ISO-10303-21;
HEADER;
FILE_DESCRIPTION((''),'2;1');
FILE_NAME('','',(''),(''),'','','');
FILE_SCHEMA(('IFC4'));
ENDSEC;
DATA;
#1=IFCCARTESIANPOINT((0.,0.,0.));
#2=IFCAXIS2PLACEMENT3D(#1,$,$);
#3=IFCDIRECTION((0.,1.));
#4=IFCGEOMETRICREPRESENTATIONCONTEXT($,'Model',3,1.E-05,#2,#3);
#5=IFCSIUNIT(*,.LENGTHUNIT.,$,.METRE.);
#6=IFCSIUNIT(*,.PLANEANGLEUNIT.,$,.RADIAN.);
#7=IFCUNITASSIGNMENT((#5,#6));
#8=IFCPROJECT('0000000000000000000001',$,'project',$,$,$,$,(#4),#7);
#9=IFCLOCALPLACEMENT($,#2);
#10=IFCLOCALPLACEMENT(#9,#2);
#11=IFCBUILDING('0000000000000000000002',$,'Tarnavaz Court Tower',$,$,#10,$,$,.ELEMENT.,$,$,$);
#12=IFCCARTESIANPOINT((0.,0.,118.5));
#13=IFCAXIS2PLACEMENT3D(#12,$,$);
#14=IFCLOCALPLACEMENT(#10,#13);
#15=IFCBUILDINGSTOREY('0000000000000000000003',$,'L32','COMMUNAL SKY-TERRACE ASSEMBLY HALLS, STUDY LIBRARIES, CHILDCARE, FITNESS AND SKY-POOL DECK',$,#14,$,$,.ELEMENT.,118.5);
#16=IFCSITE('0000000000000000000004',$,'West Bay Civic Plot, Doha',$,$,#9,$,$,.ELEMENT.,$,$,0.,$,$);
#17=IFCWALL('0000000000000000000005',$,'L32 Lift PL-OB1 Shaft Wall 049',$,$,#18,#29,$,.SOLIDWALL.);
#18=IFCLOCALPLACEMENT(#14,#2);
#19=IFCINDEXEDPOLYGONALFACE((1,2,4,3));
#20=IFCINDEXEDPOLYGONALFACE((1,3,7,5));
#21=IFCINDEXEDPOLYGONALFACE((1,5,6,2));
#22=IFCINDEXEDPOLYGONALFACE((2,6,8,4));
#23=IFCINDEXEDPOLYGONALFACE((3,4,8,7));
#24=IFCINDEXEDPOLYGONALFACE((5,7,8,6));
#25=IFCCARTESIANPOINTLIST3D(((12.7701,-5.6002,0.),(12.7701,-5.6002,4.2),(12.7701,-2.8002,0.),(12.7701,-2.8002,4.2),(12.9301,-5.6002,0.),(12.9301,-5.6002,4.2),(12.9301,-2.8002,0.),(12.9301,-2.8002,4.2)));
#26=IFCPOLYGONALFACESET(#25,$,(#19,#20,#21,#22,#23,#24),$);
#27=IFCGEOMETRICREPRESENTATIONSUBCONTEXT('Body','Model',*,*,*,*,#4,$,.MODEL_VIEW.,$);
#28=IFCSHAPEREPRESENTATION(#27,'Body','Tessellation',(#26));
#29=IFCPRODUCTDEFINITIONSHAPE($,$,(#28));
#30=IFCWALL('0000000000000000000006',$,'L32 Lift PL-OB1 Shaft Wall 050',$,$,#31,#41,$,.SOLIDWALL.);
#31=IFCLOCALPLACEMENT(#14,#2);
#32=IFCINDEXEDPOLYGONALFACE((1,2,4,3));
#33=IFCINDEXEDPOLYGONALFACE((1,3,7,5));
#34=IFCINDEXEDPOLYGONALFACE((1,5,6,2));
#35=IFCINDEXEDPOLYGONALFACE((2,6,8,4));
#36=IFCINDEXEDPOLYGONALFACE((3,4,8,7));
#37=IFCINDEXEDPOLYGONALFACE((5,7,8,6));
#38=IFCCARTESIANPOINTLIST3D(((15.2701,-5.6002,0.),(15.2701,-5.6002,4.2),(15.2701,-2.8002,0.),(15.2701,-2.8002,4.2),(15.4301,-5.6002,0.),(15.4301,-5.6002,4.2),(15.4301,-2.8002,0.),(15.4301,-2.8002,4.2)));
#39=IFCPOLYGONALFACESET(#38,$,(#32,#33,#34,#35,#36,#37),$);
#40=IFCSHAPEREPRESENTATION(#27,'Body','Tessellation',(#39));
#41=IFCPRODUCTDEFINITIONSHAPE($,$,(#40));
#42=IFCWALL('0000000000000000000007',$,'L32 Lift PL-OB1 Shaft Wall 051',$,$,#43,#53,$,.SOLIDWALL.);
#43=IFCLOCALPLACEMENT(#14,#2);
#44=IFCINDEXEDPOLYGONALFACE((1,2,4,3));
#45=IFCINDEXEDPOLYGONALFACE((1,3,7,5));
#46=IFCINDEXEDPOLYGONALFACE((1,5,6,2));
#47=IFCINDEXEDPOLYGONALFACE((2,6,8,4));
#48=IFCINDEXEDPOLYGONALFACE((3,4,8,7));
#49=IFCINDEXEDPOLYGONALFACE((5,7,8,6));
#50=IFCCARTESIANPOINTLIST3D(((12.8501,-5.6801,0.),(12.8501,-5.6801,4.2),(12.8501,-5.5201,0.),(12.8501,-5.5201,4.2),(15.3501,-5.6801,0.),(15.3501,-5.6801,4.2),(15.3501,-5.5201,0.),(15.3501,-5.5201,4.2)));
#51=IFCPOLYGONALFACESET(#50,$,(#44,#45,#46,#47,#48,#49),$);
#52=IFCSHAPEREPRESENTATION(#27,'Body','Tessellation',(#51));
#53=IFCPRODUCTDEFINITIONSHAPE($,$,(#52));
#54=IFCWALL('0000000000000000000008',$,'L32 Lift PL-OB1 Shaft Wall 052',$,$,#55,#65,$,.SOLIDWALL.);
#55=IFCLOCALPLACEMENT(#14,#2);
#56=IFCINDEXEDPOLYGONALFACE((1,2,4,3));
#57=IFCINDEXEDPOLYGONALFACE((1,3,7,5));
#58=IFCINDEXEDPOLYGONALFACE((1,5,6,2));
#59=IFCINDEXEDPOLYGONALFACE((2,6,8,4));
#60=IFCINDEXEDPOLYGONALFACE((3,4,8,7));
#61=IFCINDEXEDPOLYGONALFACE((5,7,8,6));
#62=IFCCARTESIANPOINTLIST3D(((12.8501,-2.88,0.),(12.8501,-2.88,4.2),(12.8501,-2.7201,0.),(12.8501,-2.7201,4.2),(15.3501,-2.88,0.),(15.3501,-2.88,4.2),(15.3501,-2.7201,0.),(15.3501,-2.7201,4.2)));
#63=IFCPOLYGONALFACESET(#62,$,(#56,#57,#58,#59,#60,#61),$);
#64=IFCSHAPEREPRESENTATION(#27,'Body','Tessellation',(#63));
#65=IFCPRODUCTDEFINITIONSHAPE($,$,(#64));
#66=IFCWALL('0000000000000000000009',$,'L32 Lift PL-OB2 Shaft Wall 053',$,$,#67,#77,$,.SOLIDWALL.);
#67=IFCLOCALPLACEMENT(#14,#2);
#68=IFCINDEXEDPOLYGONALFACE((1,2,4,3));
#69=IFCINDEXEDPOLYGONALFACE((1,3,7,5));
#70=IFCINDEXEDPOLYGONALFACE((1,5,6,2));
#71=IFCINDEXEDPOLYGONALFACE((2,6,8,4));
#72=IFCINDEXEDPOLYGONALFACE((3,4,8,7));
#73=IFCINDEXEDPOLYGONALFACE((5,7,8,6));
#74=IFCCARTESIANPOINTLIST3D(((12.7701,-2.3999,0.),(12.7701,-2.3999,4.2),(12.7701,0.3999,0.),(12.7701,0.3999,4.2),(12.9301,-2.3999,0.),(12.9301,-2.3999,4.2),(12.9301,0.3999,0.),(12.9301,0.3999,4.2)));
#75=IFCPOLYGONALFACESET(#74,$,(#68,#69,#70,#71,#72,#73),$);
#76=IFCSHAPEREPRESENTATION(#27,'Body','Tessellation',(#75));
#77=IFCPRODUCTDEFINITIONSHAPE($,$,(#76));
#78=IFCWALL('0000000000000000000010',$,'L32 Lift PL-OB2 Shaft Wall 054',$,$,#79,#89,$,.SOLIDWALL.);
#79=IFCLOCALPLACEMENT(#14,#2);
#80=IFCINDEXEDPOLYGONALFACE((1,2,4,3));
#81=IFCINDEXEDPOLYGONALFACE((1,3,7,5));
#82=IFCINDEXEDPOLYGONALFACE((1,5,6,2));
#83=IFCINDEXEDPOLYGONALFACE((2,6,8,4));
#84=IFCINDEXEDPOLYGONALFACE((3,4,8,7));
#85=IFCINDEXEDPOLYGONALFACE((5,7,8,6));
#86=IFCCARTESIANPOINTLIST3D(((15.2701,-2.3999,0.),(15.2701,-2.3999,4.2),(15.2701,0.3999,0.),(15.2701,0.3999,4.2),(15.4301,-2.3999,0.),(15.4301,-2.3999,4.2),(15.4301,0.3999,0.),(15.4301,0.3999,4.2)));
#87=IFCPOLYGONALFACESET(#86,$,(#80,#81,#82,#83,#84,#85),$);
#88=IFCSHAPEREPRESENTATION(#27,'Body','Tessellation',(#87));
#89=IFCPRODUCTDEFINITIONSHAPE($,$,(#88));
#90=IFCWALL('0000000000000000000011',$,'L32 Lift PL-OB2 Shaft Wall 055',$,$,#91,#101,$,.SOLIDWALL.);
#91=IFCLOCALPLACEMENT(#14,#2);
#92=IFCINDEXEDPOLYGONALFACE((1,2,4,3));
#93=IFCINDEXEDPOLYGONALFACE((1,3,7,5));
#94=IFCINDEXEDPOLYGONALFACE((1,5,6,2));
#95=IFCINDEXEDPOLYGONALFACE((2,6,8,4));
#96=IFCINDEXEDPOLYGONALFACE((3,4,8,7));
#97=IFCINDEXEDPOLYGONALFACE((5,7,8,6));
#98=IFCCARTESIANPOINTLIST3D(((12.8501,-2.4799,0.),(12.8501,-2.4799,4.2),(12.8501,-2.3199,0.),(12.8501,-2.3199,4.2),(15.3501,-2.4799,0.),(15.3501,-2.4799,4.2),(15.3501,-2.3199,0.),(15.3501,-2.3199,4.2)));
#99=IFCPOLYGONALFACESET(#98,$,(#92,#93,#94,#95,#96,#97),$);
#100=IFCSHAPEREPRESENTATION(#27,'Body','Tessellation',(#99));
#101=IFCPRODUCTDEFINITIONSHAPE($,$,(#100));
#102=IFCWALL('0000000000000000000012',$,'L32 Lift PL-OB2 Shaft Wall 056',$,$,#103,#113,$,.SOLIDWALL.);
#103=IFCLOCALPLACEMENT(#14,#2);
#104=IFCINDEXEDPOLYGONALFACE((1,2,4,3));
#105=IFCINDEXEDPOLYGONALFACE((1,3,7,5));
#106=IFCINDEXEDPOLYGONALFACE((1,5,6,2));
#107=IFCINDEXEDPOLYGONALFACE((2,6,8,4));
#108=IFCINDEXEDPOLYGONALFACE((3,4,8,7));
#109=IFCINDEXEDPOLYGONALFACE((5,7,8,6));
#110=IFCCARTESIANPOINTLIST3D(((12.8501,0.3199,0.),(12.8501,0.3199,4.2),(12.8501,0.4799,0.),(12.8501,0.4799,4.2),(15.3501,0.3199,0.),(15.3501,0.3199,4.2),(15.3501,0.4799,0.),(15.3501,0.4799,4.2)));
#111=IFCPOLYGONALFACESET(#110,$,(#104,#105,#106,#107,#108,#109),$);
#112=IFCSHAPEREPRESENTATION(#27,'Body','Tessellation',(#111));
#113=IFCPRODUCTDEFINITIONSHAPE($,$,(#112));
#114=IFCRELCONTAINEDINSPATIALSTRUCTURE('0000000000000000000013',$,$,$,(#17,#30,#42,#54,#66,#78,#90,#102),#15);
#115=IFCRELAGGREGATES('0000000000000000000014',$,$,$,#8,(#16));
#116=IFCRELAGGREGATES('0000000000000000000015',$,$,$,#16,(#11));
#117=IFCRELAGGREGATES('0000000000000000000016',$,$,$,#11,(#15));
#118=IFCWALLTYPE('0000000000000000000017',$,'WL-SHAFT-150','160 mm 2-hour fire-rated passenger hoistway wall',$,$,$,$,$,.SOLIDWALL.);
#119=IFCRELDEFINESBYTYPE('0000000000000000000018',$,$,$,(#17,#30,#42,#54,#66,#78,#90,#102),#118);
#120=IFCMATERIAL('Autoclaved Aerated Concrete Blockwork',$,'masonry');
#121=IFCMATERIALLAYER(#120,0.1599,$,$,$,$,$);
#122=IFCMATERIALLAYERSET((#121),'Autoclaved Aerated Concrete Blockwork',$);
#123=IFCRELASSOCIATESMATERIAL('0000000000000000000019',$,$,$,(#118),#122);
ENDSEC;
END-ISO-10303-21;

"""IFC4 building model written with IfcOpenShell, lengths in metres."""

from ifc_helpers import new_model, si_unit, direction, frame, frame_2d, origin, place, context, subcontext, project, spatial, rectangle, extrude, material, layer, layer_set, type_object, element, save


model = new_model("IFC4")

# Units and contexts
model_context = context("Model", 3, precision=1e-05, world=origin(), true_north=direction((0.0, 1.0)))
body_context = subcontext(model_context, "Body", "Model", "MODEL_VIEW")
ifc_project = project(units=[si_unit("LENGTHUNIT", "METRE"), si_unit("PLANEANGLEUNIT", "RADIAN")], contexts=[model_context])

# Site, building, storey
site_placement = place(None, origin())
site = spatial("IfcSite", under=ifc_project, at=site_placement, Name="West Bay Civic Plot, Doha", CompositionType="ELEMENT", RefElevation=0.0)
building_placement = place(site_placement, origin())
building = spatial("IfcBuilding", under=site, at=building_placement, Name="Tarnavaz Court Tower", CompositionType="ELEMENT")
storey_placement = place(building_placement, frame((0.0, 0.0, 118.5)))
storey = spatial("IfcBuildingStorey", under=building, at=storey_placement, Name="L32", Description="COMMUNAL SKY-TERRACE ASSEMBLY HALLS, STUDY LIBRARIES, CHILDCARE, FITNESS AND SKY-POOL DECK", CompositionType="ELEMENT", Elevation=118.5)

# Walls
ifc_material_1 = material(Name="Autoclaved Aerated Concrete Blockwork", Category="masonry")
ifc_layer_1 = layer(ifc_material_1, 0.1599)
ifc_layer_set_1 = layer_set([ifc_layer_1], Name="Autoclaved Aerated Concrete Blockwork")
wall_type_1 = type_object("IfcWallType", Name="WL-SHAFT-150", Description="160 mm 2-hour fire-rated passenger hoistway wall", PredefinedType="SOLIDWALL", material=ifc_layer_set_1)
for number, where, z_axis, x_axis, name in (
    (1, (12.8501, -5.6001, 0.0), (0.0, 0.0, 1.0), (0.0, 1.0, 0.0), "L32 Lift PL-OB1 Shaft Wall 049"),
    (2, (15.3501, -5.6001, 0.0), (0.0, 0.0, 1.0), (0.0, 1.0, 0.0), "L32 Lift PL-OB1 Shaft Wall 050"),
):
    element("IfcWall", number, at=place(storey_placement, frame(where, z_axis=z_axis, x_axis=x_axis)), inside=storey, type_object=wall_type_1, Name=name, PredefinedType="SOLIDWALL", context=body_context, shape_type="SweptSolid", body=[
        extrude(rectangle(XDim=2.8, YDim=0.1599, at=frame_2d((1.3999, 0.0))), origin(), (0.0, 0.0, 1.0), 4.2),
    ])
for number, where, z_axis, x_axis, name in (
    (3, (12.8501, -5.6001, 0.0), (0.0, 0.0, 1.0), (1.0, 0.0, 0.0), "L32 Lift PL-OB1 Shaft Wall 051"),
    (4, (12.8501, -2.8, 0.0), (0.0, 0.0, 1.0), (1.0, 0.0, 0.0), "L32 Lift PL-OB1 Shaft Wall 052"),
):
    element("IfcWall", number, at=place(storey_placement, frame(where, z_axis=z_axis, x_axis=x_axis)), inside=storey, type_object=wall_type_1, Name=name, PredefinedType="SOLIDWALL", context=body_context, shape_type="SweptSolid", body=[
        extrude(rectangle(XDim=2.5, YDim=0.1599, at=frame_2d((1.25, 0.0))), origin(), (0.0, 0.0, 1.0), 4.2),
    ])
for number, where, z_axis, x_axis, name in (
    (5, (12.8501, -2.3999, 0.0), (0.0, 0.0, 1.0), (0.0, 1.0, 0.0), "L32 Lift PL-OB2 Shaft Wall 053"),
    (6, (15.3501, -2.3999, 0.0), (0.0, 0.0, 1.0), (0.0, 1.0, 0.0), "L32 Lift PL-OB2 Shaft Wall 054"),
):
    element("IfcWall", number, at=place(storey_placement, frame(where, z_axis=z_axis, x_axis=x_axis)), inside=storey, type_object=wall_type_1, Name=name, PredefinedType="SOLIDWALL", context=body_context, shape_type="SweptSolid", body=[
        extrude(rectangle(XDim=2.7998, YDim=0.1599, at=frame_2d((1.3999, 0.0))), origin(), (0.0, 0.0, 1.0), 4.2),
    ])
for number, where, z_axis, x_axis, name in (
    (7, (12.8501, -2.3999, 0.0), (0.0, 0.0, 1.0), (1.0, 0.0, 0.0), "L32 Lift PL-OB2 Shaft Wall 055"),
    (8, (12.8501, 0.3999, 0.0), (0.0, 0.0, 1.0), (1.0, 0.0, 0.0), "L32 Lift PL-OB2 Shaft Wall 056"),
):
    element("IfcWall", number, at=place(storey_placement, frame(where, z_axis=z_axis, x_axis=x_axis)), inside=storey, type_object=wall_type_1, Name=name, PredefinedType="SOLIDWALL", context=body_context, shape_type="SweptSolid", body=[
        extrude(rectangle(XDim=2.5, YDim=0.1599, at=frame_2d((1.25, 0.0))), origin(), (0.0, 0.0, 1.0), 4.2),
    ])

save(model, "model.ifc")
